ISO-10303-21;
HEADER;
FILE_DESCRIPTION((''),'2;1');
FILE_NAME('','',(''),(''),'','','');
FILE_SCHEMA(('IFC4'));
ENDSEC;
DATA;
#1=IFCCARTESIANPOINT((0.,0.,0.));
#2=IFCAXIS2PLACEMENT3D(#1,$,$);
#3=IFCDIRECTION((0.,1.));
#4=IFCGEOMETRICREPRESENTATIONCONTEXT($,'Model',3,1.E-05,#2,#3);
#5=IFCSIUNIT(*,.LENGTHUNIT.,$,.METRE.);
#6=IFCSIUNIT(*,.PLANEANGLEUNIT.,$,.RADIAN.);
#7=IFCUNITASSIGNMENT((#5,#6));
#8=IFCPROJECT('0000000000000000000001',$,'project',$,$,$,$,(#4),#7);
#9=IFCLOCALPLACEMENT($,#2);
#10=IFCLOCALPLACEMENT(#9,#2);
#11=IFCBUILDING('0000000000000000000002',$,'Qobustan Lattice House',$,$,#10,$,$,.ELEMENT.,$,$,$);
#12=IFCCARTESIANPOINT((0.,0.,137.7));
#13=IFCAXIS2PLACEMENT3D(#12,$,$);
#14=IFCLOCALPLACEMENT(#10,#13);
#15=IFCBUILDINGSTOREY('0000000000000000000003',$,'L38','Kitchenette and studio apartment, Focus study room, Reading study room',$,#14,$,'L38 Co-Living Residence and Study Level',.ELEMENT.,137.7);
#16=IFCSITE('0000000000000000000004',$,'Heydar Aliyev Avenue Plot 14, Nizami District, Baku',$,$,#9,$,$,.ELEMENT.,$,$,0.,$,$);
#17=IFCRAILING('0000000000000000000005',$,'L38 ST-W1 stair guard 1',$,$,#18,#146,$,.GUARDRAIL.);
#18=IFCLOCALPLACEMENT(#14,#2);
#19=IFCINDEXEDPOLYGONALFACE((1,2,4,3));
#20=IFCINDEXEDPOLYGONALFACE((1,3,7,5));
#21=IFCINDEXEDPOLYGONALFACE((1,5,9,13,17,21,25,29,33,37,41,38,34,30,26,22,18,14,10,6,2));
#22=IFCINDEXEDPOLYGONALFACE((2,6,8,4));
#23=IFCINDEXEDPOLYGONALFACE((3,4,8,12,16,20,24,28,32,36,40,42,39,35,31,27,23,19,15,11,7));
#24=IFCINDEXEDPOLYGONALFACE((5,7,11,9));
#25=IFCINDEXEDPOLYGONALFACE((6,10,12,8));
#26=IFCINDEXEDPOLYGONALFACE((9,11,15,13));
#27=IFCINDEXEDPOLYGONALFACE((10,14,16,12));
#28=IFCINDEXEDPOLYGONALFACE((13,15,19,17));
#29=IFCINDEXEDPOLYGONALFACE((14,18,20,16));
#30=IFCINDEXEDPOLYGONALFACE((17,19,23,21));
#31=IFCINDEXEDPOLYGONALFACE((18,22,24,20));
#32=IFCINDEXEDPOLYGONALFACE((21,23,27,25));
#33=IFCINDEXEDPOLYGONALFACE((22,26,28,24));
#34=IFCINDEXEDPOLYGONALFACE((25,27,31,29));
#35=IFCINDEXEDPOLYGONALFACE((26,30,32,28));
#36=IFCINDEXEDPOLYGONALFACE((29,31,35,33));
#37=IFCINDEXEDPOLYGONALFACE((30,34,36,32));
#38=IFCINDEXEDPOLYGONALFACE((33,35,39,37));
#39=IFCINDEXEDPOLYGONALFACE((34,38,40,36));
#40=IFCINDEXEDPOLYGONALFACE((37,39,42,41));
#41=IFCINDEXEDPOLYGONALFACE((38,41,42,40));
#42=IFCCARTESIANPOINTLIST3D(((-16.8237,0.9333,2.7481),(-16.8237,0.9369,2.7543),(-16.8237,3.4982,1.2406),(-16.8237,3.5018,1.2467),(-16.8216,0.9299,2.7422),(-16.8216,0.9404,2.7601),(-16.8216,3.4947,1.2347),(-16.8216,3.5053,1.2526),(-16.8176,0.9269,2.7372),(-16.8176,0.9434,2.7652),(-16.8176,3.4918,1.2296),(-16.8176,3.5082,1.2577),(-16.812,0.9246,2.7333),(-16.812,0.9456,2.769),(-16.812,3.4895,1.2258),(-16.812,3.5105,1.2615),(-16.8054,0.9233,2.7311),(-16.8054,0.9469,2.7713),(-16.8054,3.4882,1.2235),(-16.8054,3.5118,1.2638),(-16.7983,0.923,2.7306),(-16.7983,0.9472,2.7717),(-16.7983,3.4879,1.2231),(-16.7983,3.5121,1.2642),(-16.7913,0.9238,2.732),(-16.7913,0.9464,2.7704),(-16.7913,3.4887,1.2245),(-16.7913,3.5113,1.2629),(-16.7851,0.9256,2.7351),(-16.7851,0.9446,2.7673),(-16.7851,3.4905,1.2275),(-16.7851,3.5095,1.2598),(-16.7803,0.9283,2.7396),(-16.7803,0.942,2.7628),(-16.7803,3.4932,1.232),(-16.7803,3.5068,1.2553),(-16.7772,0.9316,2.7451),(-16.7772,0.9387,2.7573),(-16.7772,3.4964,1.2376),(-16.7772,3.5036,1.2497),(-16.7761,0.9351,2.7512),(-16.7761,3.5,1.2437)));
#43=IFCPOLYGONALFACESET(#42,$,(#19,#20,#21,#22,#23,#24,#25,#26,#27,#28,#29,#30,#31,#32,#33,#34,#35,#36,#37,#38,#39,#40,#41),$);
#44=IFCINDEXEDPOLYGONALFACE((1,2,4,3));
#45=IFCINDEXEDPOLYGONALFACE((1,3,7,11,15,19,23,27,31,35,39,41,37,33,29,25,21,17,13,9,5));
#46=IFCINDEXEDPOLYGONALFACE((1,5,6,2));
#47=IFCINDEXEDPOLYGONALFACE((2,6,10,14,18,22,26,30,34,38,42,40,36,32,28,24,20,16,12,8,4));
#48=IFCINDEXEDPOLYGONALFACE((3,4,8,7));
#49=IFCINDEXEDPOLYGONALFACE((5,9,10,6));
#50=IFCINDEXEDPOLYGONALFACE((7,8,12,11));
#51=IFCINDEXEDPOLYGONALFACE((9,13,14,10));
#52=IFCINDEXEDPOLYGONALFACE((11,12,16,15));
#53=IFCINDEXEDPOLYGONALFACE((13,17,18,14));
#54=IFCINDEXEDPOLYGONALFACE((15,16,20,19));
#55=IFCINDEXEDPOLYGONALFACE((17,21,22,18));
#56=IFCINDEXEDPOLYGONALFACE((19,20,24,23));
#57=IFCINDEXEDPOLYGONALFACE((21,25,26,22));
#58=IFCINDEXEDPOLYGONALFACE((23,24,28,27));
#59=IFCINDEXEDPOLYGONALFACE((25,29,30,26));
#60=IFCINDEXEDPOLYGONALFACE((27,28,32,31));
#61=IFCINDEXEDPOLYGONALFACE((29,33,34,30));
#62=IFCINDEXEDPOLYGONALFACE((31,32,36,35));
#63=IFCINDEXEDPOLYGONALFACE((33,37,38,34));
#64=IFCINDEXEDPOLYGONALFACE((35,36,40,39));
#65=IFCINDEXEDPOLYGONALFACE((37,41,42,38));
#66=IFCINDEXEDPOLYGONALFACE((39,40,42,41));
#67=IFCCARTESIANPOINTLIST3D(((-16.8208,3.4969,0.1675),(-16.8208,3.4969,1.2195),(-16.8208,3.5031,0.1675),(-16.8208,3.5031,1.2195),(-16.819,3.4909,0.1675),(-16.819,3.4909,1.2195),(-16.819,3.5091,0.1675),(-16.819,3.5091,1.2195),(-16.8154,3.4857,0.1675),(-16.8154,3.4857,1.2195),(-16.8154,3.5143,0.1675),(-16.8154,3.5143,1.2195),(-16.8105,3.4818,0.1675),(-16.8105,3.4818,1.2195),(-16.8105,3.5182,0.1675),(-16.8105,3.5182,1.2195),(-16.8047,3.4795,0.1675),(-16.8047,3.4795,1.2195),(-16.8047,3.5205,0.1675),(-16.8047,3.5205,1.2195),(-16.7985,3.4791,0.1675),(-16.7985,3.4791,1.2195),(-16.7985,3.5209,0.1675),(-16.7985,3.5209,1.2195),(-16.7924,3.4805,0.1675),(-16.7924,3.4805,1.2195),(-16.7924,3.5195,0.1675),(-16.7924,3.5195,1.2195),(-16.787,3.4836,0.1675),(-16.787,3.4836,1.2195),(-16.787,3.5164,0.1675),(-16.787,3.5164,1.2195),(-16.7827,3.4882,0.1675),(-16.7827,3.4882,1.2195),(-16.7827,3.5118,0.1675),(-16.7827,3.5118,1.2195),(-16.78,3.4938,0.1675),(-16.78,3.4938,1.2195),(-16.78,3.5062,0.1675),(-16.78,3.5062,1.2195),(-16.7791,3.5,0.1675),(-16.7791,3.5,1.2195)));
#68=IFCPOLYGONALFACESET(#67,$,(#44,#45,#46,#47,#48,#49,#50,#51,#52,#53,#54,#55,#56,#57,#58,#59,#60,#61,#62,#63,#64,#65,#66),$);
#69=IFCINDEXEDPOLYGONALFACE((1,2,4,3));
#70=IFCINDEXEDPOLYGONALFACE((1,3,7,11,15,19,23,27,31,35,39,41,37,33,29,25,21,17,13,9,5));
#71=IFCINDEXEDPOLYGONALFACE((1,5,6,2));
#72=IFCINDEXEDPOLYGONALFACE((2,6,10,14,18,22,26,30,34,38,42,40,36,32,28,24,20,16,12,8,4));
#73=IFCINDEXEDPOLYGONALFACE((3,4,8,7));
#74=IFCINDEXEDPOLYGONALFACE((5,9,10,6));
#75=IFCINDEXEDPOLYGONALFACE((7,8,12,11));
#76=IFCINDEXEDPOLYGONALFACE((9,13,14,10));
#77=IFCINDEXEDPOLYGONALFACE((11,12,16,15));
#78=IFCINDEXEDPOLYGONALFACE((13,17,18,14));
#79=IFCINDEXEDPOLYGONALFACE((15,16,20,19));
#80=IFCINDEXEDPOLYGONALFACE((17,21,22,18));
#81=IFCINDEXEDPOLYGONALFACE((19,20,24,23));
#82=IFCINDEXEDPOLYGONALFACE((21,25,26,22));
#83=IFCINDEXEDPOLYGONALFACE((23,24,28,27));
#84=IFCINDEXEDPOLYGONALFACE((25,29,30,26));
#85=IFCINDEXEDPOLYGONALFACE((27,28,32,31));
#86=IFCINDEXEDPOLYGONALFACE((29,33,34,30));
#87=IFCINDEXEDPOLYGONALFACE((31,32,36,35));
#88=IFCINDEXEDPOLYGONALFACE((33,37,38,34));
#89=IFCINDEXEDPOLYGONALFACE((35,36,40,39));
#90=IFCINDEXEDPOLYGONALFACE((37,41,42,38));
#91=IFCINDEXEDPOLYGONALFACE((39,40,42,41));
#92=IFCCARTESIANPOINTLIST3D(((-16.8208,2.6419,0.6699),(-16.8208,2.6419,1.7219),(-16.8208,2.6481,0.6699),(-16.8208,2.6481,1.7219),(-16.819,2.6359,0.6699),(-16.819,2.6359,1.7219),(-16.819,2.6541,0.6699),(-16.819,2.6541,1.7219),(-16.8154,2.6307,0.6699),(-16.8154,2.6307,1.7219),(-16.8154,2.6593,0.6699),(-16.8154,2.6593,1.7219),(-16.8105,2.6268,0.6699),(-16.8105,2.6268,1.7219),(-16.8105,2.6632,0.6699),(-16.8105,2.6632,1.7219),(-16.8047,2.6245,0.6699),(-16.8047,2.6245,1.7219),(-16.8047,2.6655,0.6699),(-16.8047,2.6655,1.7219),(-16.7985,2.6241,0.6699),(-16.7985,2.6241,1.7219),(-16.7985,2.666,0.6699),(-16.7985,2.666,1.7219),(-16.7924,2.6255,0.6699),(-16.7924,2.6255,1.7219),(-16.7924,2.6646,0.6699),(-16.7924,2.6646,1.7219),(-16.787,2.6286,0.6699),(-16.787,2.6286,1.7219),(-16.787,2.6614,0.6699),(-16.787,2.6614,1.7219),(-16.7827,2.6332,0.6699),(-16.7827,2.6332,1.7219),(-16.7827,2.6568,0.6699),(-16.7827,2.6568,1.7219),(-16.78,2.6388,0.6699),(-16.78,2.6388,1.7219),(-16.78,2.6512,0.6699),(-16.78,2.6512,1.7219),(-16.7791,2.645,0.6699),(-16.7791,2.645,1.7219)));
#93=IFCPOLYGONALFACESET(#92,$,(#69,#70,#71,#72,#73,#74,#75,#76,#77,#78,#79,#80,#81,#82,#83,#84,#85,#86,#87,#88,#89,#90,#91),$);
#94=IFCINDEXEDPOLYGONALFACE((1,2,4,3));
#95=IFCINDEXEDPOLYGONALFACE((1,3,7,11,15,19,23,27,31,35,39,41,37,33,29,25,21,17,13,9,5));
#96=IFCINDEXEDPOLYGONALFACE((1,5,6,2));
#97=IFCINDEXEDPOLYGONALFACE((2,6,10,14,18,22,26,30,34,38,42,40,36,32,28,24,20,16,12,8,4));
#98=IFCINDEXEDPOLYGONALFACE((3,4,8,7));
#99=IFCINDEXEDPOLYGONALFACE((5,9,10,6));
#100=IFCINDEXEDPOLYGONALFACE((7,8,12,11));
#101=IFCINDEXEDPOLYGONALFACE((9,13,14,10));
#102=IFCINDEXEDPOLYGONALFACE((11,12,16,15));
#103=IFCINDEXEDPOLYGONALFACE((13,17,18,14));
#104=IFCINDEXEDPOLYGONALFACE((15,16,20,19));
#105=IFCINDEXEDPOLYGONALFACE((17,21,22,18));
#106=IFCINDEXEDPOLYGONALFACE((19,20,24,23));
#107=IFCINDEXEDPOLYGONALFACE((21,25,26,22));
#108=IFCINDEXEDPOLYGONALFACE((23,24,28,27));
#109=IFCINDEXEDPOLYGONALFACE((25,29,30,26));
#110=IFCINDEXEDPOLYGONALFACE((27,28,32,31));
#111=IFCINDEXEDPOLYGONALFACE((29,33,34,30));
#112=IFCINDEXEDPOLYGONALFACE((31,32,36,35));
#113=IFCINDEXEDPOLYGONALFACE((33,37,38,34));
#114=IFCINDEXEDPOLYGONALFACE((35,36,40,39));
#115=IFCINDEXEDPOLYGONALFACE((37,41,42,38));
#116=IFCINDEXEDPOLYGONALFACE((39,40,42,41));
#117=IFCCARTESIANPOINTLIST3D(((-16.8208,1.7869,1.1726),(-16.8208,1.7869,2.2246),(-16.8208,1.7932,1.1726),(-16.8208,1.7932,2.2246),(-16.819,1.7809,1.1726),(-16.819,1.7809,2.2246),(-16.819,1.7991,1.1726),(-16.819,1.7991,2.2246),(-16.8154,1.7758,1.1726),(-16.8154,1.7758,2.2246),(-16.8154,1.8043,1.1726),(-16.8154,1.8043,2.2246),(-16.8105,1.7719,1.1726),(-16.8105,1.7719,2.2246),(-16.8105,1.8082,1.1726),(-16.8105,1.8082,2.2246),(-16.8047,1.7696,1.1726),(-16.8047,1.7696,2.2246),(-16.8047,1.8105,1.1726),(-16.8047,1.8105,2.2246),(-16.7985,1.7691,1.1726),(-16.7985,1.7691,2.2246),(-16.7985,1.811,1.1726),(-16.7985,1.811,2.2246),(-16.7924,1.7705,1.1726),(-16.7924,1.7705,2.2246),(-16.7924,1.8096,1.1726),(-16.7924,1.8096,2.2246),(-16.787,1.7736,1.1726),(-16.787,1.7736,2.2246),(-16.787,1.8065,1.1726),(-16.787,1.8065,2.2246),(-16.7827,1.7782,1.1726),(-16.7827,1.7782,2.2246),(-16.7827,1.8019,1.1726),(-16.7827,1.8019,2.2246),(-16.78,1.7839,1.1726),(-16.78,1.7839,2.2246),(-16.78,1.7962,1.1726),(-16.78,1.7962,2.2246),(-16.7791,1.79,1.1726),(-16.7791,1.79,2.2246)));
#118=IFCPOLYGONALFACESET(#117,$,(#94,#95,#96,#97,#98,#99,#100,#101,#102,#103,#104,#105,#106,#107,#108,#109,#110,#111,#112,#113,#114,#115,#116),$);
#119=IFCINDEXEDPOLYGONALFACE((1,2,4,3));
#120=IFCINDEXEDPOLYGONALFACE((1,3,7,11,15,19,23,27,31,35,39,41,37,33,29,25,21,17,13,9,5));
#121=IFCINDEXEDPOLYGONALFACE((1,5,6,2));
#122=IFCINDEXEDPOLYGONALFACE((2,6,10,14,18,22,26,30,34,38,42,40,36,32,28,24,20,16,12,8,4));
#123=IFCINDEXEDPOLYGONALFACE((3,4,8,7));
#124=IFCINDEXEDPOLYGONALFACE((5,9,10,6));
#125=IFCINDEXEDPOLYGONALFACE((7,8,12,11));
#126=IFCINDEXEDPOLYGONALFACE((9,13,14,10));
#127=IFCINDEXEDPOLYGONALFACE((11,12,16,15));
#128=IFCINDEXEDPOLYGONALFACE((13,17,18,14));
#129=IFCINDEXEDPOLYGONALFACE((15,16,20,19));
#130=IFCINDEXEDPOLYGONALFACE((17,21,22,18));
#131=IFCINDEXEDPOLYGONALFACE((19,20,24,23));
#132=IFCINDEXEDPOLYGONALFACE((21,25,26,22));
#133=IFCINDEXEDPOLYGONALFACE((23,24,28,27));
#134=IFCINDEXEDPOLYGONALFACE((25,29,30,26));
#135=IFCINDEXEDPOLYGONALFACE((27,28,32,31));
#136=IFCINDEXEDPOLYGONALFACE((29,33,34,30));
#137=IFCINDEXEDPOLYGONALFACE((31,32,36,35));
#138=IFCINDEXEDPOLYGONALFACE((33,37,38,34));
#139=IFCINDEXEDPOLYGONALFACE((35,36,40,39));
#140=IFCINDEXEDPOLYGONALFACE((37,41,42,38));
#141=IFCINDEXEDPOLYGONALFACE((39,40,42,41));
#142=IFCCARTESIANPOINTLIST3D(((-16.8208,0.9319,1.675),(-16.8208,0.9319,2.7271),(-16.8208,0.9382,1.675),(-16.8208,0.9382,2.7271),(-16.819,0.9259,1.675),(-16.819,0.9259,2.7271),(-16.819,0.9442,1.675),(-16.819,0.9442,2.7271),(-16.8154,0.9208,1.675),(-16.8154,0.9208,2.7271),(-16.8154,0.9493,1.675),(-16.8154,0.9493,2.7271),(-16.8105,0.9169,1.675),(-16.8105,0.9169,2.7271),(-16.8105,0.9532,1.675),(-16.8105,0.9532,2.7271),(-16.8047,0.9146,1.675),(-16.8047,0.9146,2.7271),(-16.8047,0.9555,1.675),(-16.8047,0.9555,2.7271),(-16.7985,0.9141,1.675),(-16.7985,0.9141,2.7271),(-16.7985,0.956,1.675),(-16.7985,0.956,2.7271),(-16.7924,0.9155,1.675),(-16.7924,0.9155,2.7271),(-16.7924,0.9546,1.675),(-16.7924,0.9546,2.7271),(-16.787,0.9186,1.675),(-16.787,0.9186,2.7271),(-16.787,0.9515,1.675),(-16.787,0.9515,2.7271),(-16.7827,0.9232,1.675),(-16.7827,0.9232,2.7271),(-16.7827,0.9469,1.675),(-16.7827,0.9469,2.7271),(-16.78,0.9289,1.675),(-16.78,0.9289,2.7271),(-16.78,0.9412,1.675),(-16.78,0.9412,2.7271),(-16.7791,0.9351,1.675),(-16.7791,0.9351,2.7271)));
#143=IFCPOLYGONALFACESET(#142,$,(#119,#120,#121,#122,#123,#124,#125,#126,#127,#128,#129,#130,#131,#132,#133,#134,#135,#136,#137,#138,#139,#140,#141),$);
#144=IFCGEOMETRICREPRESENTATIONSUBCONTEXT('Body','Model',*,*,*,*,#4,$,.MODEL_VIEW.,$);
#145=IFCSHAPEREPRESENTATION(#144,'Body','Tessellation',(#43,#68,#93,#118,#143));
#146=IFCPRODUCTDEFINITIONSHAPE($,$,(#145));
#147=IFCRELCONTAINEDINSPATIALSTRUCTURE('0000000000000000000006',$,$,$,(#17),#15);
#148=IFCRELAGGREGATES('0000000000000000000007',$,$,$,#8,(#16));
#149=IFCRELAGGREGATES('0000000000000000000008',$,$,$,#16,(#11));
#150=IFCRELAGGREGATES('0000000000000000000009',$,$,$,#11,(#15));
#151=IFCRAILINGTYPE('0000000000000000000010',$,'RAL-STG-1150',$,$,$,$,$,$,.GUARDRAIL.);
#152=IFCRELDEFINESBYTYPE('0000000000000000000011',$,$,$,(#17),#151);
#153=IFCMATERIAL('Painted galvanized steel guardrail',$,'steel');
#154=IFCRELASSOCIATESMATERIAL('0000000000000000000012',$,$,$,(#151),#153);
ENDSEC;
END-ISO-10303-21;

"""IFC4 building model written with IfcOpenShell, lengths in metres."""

from ifc_helpers import new_model, si_unit, direction, frame, origin, origin_2d, place, context, subcontext, project, spatial, circle, extrude, material, type_object, element, save


model = new_model("IFC4")

# Units and contexts
model_context = context("Model", 3, precision=1e-05, world=origin(), true_north=direction((0.0, 1.0)))
body_context = subcontext(model_context, "Body", "Model", "MODEL_VIEW")
ifc_project = project(units=[si_unit("LENGTHUNIT", "METRE"), si_unit("PLANEANGLEUNIT", "RADIAN")], contexts=[model_context])

# Site, building, storey
site_placement = place(None, origin())
site = spatial("IfcSite", under=ifc_project, at=site_placement, Name="Heydar Aliyev Avenue Plot 14, Nizami District, Baku", CompositionType="ELEMENT", RefElevation=0.0)
building_placement = place(site_placement, origin())
building = spatial("IfcBuilding", under=site, at=building_placement, Name="Qobustan Lattice House", CompositionType="ELEMENT")
storey_placement = place(building_placement, frame((0.0, 0.0, 137.7)))
storey = spatial("IfcBuildingStorey", under=building, at=storey_placement, Name="L38", Description="Kitchenette and studio apartment, Focus study room, Reading study room", LongName="L38 Co-Living Residence and Study Level", CompositionType="ELEMENT", Elevation=137.7)

# Railing
ifc_material_1 = material(Name="Painted galvanized steel guardrail", Category="steel")
railing_type_1 = type_object("IfcRailingType", Name="RAL-STG-1150", PredefinedType="GUARDRAIL", material=ifc_material_1)
railing_1_placement = place(storey_placement, frame((-16.8, 3.5, 0.1675)))
element("IfcRailing", 1, at=railing_1_placement, inside=storey, type_object=railing_type_1, Name="L38 ST-W1 stair guard 1", PredefinedType="GUARDRAIL", context=body_context, shape_type="SweptSolid", body=[
    extrude(circle(Radius=0.0239, at=origin_2d()), frame((0.0, 0.0, 1.0762), z_axis=(0.0, -0.862113, 0.506715), x_axis=(1.0, 0.0, 0.0)), (0.0, 0.0, 1.0), 2.9751),
    extrude(circle(Radius=0.021, at=origin_2d()), origin(), (0.0, 0.0, 1.0), 1.052),
    extrude(circle(Radius=0.021, at=origin_2d()), frame((0.0, -0.855, 0.5024)), (0.0, 0.0, 1.0), 1.052),
    extrude(circle(Radius=0.021, at=origin_2d()), frame((0.0, -1.71, 1.0051)), (0.0, 0.0, 1.0), 1.052),
    extrude(circle(Radius=0.021, at=origin_2d()), frame((0.0, -2.5649, 1.5076)), (0.0, 0.0, 1.0), 1.052),
])

save(model, "model.ifc")
